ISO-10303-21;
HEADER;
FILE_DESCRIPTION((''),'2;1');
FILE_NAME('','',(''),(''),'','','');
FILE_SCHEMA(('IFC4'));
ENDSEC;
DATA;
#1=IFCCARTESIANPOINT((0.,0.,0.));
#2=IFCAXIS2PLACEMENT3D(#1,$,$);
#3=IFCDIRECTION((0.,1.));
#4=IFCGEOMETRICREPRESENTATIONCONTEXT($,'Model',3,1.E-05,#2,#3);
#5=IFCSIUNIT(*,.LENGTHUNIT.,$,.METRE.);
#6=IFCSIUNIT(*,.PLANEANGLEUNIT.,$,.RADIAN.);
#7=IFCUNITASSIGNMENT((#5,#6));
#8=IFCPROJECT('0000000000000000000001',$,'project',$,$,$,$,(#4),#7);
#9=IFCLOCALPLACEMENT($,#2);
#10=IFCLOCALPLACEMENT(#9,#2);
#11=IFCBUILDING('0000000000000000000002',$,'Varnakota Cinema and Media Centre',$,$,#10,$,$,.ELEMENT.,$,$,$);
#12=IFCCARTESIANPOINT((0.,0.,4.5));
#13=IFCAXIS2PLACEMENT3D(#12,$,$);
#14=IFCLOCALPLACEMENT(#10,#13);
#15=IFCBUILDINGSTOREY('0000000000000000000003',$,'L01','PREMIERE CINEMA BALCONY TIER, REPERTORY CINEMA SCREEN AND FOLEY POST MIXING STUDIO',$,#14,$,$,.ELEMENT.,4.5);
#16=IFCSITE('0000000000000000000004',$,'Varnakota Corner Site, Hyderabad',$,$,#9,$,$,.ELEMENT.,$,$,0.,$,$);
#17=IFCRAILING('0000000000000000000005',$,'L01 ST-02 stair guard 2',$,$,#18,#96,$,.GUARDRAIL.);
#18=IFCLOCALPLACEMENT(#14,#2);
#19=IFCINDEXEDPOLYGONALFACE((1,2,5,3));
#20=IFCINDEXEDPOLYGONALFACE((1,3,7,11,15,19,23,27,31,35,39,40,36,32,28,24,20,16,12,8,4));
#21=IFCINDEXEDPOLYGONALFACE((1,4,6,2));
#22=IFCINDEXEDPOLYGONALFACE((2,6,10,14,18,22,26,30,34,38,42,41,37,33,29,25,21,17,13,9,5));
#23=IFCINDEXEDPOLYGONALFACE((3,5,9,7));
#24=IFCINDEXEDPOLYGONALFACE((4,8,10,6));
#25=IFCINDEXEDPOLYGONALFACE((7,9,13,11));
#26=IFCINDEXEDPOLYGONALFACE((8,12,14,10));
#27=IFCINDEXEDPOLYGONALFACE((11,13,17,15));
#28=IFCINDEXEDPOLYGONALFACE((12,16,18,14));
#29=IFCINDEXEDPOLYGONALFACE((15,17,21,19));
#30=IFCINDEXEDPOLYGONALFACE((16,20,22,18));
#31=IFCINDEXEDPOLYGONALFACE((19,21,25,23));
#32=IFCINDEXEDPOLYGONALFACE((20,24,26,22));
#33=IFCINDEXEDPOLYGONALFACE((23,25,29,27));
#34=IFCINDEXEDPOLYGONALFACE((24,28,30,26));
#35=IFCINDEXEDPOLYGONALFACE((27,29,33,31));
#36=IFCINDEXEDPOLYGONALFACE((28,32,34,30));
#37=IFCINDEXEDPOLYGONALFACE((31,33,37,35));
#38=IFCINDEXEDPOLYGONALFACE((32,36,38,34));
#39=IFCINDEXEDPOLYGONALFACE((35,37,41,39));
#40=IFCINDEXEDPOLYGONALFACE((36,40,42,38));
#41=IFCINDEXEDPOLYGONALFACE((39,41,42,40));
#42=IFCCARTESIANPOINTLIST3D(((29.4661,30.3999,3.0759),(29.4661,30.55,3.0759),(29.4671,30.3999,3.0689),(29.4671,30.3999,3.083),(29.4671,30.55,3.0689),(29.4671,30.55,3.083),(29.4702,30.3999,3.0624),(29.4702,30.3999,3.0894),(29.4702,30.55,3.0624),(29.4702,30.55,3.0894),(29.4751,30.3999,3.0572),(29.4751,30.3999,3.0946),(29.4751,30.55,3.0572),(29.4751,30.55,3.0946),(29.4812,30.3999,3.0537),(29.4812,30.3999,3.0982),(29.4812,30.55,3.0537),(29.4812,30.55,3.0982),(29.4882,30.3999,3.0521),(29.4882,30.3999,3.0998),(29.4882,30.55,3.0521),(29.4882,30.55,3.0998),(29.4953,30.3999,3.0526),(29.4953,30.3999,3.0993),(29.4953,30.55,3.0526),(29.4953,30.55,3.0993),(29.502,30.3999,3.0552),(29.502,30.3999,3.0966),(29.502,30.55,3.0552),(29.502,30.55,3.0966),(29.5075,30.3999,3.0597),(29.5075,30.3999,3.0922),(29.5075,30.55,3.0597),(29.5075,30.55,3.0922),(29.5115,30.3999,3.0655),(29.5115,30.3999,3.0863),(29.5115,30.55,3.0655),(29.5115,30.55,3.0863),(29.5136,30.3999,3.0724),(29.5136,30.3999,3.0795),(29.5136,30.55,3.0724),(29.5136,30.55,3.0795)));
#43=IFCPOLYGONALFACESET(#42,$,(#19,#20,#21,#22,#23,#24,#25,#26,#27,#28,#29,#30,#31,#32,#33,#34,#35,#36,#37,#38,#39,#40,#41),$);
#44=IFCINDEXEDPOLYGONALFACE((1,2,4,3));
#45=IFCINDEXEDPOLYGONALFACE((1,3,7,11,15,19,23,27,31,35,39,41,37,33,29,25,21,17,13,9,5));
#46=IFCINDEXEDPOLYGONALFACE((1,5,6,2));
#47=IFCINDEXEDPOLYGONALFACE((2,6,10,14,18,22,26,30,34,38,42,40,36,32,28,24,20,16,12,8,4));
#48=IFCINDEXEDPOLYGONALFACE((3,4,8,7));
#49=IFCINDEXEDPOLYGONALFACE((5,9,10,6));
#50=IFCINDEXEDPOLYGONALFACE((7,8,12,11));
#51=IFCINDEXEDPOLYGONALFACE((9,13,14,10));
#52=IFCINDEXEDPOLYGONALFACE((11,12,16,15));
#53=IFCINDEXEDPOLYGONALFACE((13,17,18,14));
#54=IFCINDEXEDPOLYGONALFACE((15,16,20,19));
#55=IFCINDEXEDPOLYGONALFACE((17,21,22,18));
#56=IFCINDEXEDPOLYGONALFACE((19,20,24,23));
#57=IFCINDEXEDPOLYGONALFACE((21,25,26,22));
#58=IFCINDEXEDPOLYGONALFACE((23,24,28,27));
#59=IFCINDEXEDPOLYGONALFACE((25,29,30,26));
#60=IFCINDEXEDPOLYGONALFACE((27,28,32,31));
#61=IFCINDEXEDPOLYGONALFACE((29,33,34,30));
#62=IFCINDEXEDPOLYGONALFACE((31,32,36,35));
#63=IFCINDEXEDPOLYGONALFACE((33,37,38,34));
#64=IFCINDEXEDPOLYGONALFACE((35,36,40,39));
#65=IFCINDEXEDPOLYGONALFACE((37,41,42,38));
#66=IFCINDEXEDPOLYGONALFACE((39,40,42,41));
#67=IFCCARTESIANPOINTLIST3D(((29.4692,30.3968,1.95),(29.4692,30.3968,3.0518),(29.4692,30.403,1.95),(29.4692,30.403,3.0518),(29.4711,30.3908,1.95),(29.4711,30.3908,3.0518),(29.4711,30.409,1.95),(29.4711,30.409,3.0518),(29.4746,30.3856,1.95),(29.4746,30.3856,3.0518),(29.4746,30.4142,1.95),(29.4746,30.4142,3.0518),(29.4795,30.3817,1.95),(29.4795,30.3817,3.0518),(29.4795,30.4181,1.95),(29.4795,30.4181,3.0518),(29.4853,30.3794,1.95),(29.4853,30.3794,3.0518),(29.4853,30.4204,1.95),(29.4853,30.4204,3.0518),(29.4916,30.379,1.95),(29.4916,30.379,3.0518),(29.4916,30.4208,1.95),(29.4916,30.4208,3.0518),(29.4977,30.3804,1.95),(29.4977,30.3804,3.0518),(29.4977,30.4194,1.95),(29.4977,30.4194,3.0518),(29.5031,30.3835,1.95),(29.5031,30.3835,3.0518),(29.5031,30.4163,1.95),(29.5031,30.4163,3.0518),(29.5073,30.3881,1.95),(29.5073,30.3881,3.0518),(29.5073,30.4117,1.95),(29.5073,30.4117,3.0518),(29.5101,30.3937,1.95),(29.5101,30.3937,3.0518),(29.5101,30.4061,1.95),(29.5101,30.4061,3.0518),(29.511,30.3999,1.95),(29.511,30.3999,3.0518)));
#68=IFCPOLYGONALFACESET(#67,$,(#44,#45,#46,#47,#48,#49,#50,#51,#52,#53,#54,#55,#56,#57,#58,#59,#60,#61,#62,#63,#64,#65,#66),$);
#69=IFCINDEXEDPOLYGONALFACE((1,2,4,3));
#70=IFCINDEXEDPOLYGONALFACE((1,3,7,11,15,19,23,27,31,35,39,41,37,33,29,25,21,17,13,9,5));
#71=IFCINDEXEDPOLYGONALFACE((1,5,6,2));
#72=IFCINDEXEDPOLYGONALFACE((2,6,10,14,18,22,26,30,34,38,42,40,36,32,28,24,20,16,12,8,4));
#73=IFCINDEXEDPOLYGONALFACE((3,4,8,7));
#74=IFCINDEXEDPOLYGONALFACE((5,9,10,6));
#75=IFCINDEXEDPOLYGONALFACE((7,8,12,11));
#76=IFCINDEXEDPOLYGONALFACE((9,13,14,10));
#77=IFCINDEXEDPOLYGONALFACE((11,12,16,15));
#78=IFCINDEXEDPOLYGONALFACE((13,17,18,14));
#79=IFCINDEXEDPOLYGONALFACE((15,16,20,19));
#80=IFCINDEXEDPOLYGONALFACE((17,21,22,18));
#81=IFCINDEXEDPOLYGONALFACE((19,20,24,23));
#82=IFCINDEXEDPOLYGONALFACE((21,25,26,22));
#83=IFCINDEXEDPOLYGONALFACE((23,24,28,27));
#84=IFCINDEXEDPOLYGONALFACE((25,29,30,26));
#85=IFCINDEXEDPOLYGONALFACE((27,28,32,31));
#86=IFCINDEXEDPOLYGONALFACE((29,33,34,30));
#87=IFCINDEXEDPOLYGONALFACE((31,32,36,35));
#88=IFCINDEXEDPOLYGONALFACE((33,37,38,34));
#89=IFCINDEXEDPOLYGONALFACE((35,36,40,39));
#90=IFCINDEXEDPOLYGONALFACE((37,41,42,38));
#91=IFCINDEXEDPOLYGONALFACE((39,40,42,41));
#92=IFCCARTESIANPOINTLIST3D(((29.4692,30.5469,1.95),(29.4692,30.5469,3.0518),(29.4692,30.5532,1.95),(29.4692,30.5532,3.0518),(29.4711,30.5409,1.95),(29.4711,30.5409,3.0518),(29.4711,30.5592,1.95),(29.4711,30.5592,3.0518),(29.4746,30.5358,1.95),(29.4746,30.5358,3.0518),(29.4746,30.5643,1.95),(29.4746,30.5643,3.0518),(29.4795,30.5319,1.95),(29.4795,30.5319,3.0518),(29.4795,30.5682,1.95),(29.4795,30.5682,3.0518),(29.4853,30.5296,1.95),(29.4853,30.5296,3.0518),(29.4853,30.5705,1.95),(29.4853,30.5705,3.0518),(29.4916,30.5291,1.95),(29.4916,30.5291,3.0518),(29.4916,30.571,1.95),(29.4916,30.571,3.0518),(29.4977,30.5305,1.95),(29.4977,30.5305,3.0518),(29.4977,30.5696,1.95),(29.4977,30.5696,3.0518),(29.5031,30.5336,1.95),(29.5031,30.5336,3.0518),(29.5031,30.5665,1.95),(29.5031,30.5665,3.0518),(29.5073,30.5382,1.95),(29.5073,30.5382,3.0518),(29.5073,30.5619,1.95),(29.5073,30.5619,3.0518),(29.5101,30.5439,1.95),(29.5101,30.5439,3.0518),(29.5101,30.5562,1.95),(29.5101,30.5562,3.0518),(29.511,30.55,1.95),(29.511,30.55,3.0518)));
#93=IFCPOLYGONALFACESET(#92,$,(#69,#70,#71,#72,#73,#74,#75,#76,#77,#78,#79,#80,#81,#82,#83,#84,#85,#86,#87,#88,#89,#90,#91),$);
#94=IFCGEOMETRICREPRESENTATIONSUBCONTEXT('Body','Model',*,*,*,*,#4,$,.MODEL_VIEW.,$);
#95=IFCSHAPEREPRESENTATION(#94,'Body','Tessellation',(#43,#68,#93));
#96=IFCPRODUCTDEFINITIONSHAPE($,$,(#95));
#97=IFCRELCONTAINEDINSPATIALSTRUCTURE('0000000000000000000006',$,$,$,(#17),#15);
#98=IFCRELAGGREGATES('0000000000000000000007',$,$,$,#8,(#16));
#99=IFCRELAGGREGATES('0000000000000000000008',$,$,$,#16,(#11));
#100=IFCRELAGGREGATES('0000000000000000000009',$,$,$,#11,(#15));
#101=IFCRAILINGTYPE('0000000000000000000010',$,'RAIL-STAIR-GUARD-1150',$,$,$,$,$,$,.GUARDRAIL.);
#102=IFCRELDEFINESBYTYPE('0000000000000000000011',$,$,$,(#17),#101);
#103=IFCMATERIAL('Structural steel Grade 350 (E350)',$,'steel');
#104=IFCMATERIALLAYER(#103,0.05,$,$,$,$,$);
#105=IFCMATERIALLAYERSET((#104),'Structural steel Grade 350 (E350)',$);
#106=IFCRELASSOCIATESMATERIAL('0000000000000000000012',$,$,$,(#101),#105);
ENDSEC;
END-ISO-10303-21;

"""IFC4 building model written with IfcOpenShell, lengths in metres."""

from ifc_helpers import new_model, si_unit, direction, frame, origin, origin_2d, place, context, subcontext, project, spatial, circle, extrude, material, layer, layer_set, type_object, element, save


model = new_model("IFC4")

# Units and contexts
model_context = context("Model", 3, precision=1e-05, world=origin(), true_north=direction((0.0, 1.0)))
body_context = subcontext(model_context, "Body", "Model", "MODEL_VIEW")
ifc_project = project(units=[si_unit("LENGTHUNIT", "METRE"), si_unit("PLANEANGLEUNIT", "RADIAN")], contexts=[model_context])

# Site, building, storey
site_placement = place(None, origin())
site = spatial("IfcSite", under=ifc_project, at=site_placement, Name="Varnakota Corner Site, Hyderabad", CompositionType="ELEMENT", RefElevation=0.0)
building_placement = place(site_placement, origin())
building = spatial("IfcBuilding", under=site, at=building_placement, Name="Varnakota Cinema and Media Centre", CompositionType="ELEMENT")
storey_placement = place(building_placement, frame((0.0, 0.0, 4.5)))
storey = spatial("IfcBuildingStorey", under=building, at=storey_placement, Name="L01", Description="PREMIERE CINEMA BALCONY TIER, REPERTORY CINEMA SCREEN AND FOLEY POST MIXING STUDIO", CompositionType="ELEMENT", Elevation=4.5)

# Railing
ifc_material_1 = material(Name="Structural steel Grade 350 (E350)", Category="steel")
ifc_layer_1 = layer(ifc_material_1, 0.05)
ifc_layer_set_1 = layer_set([ifc_layer_1], Name="Structural steel Grade 350 (E350)")
railing_type_1 = type_object("IfcRailingType", Name="RAIL-STAIR-GUARD-1150", PredefinedType="GUARDRAIL", material=ifc_layer_set_1)
railing_1_placement = place(storey_placement, frame((29.49, 30.3999, 1.95)))
element("IfcRailing", 1, at=railing_1_placement, inside=storey, type_object=railing_type_1, Name="L01 ST-02 stair guard 2", PredefinedType="GUARDRAIL", context=body_context, shape_type="SweptSolid", body=[
    extrude(circle(Radius=0.0239, at=origin_2d()), frame((0.0, 0.0, 1.126), z_axis=(0.0, 1.0, 0.0), x_axis=(-1.0, 0.0, 0.0)), (0.0, 0.0, 1.0), 0.1501),
    extrude(circle(Radius=0.021, at=origin_2d()), origin(), (0.0, 0.0, 1.0), 1.1018),
    extrude(circle(Radius=0.021, at=origin_2d()), frame((0.0, 0.1501, 0.0)), (0.0, 0.0, 1.0), 1.1018),
])

save(model, "model.ifc")
